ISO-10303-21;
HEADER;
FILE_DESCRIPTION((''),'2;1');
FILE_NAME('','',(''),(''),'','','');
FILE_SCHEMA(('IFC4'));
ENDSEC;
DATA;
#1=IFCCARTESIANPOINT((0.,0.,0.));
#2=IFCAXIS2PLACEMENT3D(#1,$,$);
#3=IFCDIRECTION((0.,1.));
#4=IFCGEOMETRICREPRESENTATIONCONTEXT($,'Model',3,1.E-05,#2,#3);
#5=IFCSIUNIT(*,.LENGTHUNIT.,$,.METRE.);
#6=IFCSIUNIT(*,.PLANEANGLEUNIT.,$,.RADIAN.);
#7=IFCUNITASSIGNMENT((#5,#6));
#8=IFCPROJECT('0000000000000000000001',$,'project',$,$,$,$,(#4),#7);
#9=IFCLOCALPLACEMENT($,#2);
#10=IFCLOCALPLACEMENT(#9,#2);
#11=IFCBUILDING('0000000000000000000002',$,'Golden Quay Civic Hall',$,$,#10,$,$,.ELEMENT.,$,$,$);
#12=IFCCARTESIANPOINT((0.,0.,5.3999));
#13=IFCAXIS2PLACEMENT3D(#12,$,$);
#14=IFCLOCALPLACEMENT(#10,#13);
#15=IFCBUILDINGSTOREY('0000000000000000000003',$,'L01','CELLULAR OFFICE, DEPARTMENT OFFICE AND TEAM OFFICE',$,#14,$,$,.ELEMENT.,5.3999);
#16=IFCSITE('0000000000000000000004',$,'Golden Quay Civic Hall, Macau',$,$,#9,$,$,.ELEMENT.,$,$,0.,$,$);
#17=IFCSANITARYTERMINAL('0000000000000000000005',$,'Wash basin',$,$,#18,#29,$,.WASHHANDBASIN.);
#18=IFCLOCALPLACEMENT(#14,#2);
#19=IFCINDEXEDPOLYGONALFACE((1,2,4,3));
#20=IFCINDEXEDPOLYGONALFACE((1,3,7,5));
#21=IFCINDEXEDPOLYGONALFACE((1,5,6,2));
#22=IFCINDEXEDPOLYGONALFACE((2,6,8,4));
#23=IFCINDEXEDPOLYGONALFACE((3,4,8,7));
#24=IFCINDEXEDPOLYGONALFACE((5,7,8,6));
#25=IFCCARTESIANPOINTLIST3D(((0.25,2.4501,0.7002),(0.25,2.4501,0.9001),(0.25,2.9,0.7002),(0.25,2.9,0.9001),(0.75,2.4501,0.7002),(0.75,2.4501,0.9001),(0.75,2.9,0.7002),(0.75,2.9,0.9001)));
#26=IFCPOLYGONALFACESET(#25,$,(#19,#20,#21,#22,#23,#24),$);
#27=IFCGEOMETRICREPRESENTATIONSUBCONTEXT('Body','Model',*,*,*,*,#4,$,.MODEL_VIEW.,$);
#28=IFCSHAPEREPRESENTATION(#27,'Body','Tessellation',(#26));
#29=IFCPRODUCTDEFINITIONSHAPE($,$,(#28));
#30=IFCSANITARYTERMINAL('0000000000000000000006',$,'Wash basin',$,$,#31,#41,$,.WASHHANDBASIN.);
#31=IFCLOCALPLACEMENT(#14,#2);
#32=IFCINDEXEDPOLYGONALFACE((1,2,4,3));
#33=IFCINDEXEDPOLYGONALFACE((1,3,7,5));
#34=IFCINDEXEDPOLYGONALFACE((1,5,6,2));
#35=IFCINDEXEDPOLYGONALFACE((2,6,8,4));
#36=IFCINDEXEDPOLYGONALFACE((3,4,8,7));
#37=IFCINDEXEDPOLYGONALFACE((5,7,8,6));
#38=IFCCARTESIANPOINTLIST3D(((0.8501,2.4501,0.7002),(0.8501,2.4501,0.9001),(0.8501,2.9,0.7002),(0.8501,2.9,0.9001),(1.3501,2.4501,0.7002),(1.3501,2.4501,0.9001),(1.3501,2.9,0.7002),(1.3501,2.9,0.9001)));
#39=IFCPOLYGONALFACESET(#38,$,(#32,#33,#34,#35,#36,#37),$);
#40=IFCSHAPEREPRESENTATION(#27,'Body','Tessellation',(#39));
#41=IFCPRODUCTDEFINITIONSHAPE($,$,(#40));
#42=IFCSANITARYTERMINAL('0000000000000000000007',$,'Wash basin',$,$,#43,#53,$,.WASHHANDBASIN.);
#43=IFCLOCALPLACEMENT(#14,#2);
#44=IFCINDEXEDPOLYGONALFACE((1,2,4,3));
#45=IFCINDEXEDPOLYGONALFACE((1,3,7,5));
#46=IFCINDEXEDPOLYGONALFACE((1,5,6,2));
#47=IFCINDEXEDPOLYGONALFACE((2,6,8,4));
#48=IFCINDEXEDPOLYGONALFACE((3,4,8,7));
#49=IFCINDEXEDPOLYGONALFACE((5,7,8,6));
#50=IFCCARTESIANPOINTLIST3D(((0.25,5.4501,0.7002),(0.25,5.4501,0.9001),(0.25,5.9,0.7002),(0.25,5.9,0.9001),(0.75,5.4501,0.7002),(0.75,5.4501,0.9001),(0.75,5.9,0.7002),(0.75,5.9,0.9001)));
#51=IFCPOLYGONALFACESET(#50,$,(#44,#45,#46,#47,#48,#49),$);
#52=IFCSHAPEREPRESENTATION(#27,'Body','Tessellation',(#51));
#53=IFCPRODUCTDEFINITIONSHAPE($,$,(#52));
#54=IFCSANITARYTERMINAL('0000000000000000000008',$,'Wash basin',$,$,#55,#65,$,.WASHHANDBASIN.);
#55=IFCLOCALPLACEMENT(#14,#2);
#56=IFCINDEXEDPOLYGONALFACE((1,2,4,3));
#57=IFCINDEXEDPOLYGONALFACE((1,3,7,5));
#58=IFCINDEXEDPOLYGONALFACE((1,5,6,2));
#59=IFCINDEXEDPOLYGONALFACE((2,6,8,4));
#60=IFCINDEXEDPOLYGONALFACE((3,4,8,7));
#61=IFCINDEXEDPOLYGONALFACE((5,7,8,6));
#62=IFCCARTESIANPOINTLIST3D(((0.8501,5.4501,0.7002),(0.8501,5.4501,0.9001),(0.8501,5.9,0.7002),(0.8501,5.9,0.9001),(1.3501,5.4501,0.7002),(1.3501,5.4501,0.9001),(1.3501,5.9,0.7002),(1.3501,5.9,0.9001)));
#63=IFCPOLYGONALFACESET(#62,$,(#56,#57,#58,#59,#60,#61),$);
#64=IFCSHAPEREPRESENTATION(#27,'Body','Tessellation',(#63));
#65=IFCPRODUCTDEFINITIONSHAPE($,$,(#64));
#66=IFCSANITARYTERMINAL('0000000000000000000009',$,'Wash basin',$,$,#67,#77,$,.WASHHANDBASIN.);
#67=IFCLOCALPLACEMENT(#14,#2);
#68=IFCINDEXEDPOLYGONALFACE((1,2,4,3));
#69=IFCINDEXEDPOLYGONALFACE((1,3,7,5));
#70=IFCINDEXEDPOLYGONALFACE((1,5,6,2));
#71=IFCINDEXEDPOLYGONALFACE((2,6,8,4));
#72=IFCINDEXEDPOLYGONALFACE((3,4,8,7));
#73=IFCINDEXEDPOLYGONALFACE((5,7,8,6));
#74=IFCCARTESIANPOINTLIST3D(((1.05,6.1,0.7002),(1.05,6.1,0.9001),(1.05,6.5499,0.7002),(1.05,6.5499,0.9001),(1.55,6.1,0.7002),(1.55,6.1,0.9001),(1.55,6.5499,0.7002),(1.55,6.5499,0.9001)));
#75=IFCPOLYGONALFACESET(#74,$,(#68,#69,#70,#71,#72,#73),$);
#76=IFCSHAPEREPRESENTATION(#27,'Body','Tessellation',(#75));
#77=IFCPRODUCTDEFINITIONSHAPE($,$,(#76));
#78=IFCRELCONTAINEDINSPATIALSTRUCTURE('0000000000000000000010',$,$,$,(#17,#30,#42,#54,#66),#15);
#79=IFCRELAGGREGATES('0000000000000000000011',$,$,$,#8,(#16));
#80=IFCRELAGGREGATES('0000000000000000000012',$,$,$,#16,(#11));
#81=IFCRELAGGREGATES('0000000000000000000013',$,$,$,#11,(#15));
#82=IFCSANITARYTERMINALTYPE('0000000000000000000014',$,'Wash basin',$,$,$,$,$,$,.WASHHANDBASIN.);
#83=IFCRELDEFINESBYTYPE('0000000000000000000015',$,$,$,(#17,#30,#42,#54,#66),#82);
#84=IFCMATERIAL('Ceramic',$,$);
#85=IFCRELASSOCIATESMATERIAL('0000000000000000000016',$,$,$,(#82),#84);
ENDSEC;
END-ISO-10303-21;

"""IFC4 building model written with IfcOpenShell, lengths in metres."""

from ifc_helpers import new_model, si_unit, direction, frame, origin, origin_2d, place, context, subcontext, project, spatial, rectangle, extrude, material, type_object, element, save


model = new_model("IFC4")

# Units and contexts
model_context = context("Model", 3, precision=1e-05, world=origin(), true_north=direction((0.0, 1.0)))
body_context = subcontext(model_context, "Body", "Model", "MODEL_VIEW")
ifc_project = project(units=[si_unit("LENGTHUNIT", "METRE"), si_unit("PLANEANGLEUNIT", "RADIAN")], contexts=[model_context])

# Site, building, storey
site_placement = place(None, origin())
site = spatial("IfcSite", under=ifc_project, at=site_placement, Name="Golden Quay Civic Hall, Macau", CompositionType="ELEMENT", RefElevation=0.0)
building_placement = place(site_placement, origin())
building = spatial("IfcBuilding", under=site, at=building_placement, Name="Golden Quay Civic Hall", CompositionType="ELEMENT")
storey_placement = place(building_placement, frame((0.0, 0.0, 5.3999)))
storey = spatial("IfcBuildingStorey", under=building, at=storey_placement, Name="L01", Description="CELLULAR OFFICE, DEPARTMENT OFFICE AND TEAM OFFICE", CompositionType="ELEMENT", Elevation=5.3999)

# Sanitary terminals
ifc_material_1 = material(Name="Ceramic")
sanitary_terminal_type_1 = type_object("IfcSanitaryTerminalType", Name="Wash basin", PredefinedType="WASHHANDBASIN", material=ifc_material_1)
for number, where, z_axis, x_axis, name in (
    (1, (0.5, 2.675, 0.7002), (0.0, 0.0, 1.0), (1.0, 0.0, 0.0), "Wash basin"),
    (2, (1.1001, 2.675, 0.7002), (0.0, 0.0, 1.0), (1.0, 0.0, 0.0), "Wash basin"),
    (3, (0.5, 5.675, 0.7002), (0.0, 0.0, 1.0), (1.0, 0.0, 0.0), "Wash basin"),
    (4, (1.1001, 5.675, 0.7002), (0.0, 0.0, 1.0), (1.0, 0.0, 0.0), "Wash basin"),
    (5, (1.3, 6.325, 0.7002), (0.0, 0.0, 1.0), (1.0, 0.0, 0.0), "Wash basin"),
):
    element("IfcSanitaryTerminal", number, at=place(storey_placement, frame(where, z_axis=z_axis, x_axis=x_axis)), inside=storey, type_object=sanitary_terminal_type_1, Name=name, PredefinedType="WASHHANDBASIN", context=body_context, shape_type="SweptSolid", body=[
        extrude(rectangle(XDim=0.5, YDim=0.45, at=origin_2d()), origin(), (0.0, 0.0, 1.0), 0.2),
    ])

save(model, "model.ifc")
